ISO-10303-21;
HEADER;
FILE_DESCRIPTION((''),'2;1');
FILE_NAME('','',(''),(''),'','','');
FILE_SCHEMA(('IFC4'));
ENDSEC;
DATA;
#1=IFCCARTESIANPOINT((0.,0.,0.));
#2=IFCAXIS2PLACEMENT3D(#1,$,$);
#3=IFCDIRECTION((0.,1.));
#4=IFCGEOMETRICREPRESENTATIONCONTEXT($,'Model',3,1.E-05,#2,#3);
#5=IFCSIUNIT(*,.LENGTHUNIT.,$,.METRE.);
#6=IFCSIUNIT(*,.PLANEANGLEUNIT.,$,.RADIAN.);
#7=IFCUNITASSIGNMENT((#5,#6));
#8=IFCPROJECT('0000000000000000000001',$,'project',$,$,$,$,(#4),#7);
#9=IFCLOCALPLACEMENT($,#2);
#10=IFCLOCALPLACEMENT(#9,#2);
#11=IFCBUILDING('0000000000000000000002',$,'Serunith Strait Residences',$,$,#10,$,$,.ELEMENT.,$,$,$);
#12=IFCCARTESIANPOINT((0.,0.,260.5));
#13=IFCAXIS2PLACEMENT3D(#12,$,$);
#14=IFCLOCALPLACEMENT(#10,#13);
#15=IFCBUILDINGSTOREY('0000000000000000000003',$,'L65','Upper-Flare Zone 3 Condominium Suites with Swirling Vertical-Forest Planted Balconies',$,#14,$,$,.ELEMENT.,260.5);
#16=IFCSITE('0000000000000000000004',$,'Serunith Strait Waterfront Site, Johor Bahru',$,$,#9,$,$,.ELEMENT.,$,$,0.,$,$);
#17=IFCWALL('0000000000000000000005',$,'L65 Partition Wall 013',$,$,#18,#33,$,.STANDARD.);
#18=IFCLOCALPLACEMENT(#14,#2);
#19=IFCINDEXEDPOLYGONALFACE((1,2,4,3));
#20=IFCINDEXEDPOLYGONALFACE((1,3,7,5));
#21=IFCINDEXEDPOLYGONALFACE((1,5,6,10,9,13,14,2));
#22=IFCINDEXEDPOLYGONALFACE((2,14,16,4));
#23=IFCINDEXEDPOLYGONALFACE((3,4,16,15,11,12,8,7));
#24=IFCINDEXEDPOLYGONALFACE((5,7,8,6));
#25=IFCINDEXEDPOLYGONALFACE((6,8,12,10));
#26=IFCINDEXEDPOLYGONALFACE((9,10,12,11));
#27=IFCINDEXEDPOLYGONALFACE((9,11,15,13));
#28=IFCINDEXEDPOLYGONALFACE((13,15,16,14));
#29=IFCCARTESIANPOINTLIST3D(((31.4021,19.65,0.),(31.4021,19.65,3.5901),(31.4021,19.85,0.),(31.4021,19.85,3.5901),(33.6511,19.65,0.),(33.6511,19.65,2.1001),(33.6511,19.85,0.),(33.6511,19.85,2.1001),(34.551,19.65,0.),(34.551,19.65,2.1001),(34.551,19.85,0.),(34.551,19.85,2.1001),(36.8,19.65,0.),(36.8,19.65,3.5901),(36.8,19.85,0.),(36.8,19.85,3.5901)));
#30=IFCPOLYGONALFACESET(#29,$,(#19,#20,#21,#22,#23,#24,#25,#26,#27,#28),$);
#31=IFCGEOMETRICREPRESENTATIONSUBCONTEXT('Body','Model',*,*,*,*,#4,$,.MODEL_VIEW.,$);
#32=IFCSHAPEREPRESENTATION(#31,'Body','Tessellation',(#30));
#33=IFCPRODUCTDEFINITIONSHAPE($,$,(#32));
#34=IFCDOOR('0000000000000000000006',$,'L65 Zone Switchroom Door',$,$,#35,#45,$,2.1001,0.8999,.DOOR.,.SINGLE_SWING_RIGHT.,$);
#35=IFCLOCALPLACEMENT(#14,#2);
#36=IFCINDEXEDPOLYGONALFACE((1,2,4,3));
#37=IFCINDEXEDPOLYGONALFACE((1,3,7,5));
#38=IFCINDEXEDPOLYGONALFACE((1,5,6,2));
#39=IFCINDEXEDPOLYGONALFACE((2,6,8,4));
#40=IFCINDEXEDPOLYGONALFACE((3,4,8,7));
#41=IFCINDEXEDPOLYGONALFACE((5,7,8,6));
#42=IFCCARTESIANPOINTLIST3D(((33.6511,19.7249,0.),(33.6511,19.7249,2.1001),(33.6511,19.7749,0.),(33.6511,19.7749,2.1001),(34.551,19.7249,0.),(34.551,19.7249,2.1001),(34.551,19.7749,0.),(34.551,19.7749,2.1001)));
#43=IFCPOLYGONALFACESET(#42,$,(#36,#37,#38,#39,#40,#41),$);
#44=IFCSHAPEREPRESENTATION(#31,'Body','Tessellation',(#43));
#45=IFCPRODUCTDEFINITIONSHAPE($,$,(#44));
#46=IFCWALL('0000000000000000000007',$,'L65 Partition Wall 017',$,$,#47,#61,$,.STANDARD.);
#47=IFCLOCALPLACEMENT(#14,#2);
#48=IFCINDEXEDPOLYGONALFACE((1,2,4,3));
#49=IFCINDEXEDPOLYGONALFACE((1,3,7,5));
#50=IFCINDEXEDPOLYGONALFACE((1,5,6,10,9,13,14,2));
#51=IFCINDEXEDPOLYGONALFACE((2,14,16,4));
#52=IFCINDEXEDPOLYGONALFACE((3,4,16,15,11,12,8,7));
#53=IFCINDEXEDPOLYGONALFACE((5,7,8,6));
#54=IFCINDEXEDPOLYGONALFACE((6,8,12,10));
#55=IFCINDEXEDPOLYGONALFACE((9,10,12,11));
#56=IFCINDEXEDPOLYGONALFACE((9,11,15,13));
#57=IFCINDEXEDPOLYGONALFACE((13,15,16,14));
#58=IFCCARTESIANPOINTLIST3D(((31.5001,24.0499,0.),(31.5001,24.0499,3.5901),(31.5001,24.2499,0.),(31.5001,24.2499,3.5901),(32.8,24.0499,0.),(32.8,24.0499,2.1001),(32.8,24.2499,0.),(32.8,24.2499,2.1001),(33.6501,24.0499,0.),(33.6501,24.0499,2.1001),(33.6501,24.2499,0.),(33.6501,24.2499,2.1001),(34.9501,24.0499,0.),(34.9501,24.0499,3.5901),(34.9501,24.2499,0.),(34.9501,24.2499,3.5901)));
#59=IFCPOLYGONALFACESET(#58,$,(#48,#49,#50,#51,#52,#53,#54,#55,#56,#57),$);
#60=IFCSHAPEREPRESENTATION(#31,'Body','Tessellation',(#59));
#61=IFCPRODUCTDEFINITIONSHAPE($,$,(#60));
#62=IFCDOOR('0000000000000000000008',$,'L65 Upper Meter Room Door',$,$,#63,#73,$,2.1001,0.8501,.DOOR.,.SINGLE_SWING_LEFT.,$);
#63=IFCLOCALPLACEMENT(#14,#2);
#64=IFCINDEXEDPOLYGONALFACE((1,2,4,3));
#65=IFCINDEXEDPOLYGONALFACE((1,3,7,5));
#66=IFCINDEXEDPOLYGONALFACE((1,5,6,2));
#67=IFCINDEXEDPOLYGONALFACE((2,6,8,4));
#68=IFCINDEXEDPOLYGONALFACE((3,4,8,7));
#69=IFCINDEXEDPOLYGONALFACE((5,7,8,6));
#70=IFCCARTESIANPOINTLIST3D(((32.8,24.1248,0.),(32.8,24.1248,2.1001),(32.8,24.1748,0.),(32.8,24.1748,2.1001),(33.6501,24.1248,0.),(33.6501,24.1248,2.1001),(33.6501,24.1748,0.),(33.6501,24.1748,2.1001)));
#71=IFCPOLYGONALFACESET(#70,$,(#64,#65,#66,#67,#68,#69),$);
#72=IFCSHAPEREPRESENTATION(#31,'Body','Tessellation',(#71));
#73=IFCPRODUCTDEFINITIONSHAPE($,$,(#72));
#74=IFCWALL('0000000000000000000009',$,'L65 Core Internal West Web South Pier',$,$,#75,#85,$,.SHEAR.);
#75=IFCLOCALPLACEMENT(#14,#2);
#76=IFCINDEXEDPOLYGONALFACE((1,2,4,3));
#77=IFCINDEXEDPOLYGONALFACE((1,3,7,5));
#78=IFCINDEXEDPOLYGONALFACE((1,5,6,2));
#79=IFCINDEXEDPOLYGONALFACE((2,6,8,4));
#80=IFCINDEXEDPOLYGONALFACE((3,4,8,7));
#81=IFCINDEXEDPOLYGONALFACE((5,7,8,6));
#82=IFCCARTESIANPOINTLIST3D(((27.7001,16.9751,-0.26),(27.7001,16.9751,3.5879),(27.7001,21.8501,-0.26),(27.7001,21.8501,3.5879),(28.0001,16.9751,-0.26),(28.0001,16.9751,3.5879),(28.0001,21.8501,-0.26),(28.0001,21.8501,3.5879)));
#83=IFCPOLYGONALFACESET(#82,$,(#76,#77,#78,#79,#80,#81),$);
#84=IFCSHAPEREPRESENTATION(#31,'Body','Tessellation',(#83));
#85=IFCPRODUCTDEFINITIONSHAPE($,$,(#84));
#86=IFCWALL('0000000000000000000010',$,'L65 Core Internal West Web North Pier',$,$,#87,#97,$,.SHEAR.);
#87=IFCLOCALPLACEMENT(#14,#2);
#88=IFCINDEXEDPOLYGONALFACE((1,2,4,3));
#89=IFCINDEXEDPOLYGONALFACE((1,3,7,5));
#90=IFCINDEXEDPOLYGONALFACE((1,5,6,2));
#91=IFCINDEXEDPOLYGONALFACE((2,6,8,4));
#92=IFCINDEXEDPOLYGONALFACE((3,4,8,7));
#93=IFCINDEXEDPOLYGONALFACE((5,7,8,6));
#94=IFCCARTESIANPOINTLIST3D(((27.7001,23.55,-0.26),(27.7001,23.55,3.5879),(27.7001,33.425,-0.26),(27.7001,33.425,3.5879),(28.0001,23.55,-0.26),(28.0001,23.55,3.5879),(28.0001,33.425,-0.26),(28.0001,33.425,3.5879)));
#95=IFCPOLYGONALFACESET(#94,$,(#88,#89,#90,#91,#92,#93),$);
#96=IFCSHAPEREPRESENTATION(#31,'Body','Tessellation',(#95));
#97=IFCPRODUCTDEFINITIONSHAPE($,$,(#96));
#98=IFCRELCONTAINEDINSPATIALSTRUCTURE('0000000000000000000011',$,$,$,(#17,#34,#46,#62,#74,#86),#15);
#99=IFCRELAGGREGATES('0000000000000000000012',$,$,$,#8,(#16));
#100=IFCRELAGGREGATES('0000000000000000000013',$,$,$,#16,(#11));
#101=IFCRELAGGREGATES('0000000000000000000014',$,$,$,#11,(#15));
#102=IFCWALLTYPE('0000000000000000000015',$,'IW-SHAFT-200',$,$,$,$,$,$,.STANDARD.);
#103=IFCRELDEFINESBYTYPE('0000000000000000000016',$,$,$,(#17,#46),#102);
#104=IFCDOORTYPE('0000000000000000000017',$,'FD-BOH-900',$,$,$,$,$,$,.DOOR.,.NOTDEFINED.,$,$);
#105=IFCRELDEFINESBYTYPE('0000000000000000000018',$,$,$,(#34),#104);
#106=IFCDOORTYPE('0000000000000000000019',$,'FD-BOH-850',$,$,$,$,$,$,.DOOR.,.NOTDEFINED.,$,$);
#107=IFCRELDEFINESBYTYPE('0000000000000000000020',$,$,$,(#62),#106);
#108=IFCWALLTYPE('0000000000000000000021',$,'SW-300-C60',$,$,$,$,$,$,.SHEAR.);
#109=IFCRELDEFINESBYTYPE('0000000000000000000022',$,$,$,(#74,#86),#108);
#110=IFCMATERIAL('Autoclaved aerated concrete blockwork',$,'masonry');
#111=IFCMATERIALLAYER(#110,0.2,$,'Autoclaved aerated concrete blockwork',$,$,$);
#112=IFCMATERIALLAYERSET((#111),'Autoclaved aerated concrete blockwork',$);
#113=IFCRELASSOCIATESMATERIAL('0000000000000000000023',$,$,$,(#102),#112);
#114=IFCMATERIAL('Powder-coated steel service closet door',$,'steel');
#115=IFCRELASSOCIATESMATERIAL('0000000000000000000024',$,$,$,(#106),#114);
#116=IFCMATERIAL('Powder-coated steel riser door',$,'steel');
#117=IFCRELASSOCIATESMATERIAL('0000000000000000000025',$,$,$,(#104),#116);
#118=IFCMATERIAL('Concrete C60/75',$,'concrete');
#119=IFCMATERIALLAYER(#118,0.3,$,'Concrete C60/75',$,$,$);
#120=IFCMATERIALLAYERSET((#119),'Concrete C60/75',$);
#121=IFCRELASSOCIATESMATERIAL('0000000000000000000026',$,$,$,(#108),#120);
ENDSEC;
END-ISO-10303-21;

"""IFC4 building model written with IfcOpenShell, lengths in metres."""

from ifc_helpers import new_model, si_unit, direction, frame, frame_2d, origin, place, context, subcontext, project, spatial, rectangle, extrude, source, transform, mapped, material, layer, layer_set, type_object, element, fill, save


model = new_model("IFC4")

# Units and contexts
model_context = context("Model", 3, precision=1e-05, world=origin(), true_north=direction((0.0, 1.0)))
body_context = subcontext(model_context, "Body", "Model", "MODEL_VIEW")
ifc_project = project(units=[si_unit("LENGTHUNIT", "METRE"), si_unit("PLANEANGLEUNIT", "RADIAN")], contexts=[model_context])

# Site, building, storey
site_placement = place(None, origin())
site = spatial("IfcSite", under=ifc_project, at=site_placement, Name="Serunith Strait Waterfront Site, Johor Bahru", CompositionType="ELEMENT", RefElevation=0.0)
building_placement = place(site_placement, origin())
building = spatial("IfcBuilding", under=site, at=building_placement, Name="Serunith Strait Residences", CompositionType="ELEMENT")
storey_placement = place(building_placement, frame((0.0, 0.0, 260.5)))
storey = spatial("IfcBuildingStorey", under=building, at=storey_placement, Name="L65", Description="Upper-Flare Zone 3 Condominium Suites with Swirling Vertical-Forest Planted Balconies", CompositionType="ELEMENT", Elevation=260.5)

# Shared definitions
shared_shape_1 = source(origin(), body_context, "Body", "SweptSolid", [
    extrude(rectangle(XDim=0.8501, YDim=2.1001, at=frame_2d((0.425, 1.05))), frame((0.0, 0.0249, 0.0), z_axis=(0.0, -1.0, 0.0), x_axis=(1.0, 0.0, 0.0)), (0.0, 0.0, 1.0), 0.05),
])

# Shared definitions
ifc_material_1 = material(Name="Autoclaved aerated concrete blockwork", Category="masonry")
ifc_layer_1 = layer(ifc_material_1, 0.2, Name="Autoclaved aerated concrete blockwork")
ifc_layer_set_1 = layer_set([ifc_layer_1], Name="Autoclaved aerated concrete blockwork")
wall_type_1 = type_object("IfcWallType", Name="IW-SHAFT-200", PredefinedType="STANDARD", material=ifc_layer_set_1)

# Walls, openings, doors
ifc_material_2 = material(Name="Powder-coated steel service closet door", Category="steel")
door_type_1 = type_object("IfcDoorType", Name="FD-BOH-850", OperationType="NOTDEFINED", PredefinedType="DOOR", material=ifc_material_2)
wall_1_placement = place(storey_placement, frame((31.4021, 19.75, 0.0), z_axis=(0.0, 0.0, 1.0), x_axis=(1.0, 0.0, 0.0)))
wall_1 = element("IfcWall", 1, at=wall_1_placement, inside=storey, type_object=wall_type_1, Name="L65 Partition Wall 013", PredefinedType="STANDARD", context=body_context, shape_type="SweptSolid", body=[
    extrude(rectangle(XDim=5.3979, YDim=0.2, at=frame_2d((2.699, 0.0))), origin(), (0.0, 0.0, 1.0), 3.5901),
])
opening_1_placement = place(wall_1_placement, frame((2.249, 0.0, 0.0)))
opening_1 = element("IfcOpeningElement", 2, at=opening_1_placement, cuts=wall_1, PredefinedType="OPENING", context=body_context, shape_type="SweptSolid", body=[
    extrude(rectangle(XDim=0.8999, YDim=2.1001, at=frame_2d((0.45, 1.05))), frame((0.0, 0.1099, 0.0), z_axis=(0.0, -1.0, 0.0), x_axis=(1.0, 0.0, 0.0)), (0.0, 0.0, 1.0), 0.22),
])
ifc_material_3 = material(Name="Powder-coated steel riser door", Category="steel")
door_type_2 = type_object("IfcDoorType", Name="FD-BOH-900", OperationType="NOTDEFINED", PredefinedType="DOOR", material=ifc_material_3)
shared_shape_2 = source(origin(), body_context, "Body", "SweptSolid", [
    extrude(rectangle(XDim=0.8999, YDim=2.1001, at=frame_2d((0.45, 1.05))), frame((0.0, 0.0249, 0.0), z_axis=(0.0, -1.0, 0.0), x_axis=(1.0, 0.0, 0.0)), (0.0, 0.0, 1.0), 0.05),
])
door_1_placement = place(opening_1_placement, origin())
door_1 = element("IfcDoor", 3, at=door_1_placement, inside=storey, type_object=door_type_2, Name="L65 Zone Switchroom Door", OperationType="SINGLE_SWING_RIGHT", OverallHeight=2.1001, OverallWidth=0.8999, PredefinedType="DOOR", context=body_context, shape_type="MappedRepresentation", body=[
    mapped(shared_shape_2, transform((0.0, 0.0, 0.0), scale=1.0)),
])
fill(opening_1, door_1)
wall_2_placement = place(storey_placement, frame((31.5, 24.1499, 0.0), z_axis=(0.0, 0.0, 1.0), x_axis=(1.0, 0.0, 0.0)))
wall_2 = element("IfcWall", 4, at=wall_2_placement, inside=storey, type_object=wall_type_1, Name="L65 Partition Wall 017", PredefinedType="STANDARD", context=body_context, shape_type="SweptSolid", body=[
    extrude(rectangle(XDim=3.45, YDim=0.2, at=frame_2d((1.7251, 0.0))), origin(), (0.0, 0.0, 1.0), 3.5901),
])
opening_2_placement = place(wall_2_placement, frame((1.3, 0.0, 0.0)))
opening_2 = element("IfcOpeningElement", 5, at=opening_2_placement, cuts=wall_2, PredefinedType="OPENING", context=body_context, shape_type="SweptSolid", body=[
    extrude(rectangle(XDim=0.8501, YDim=2.1001, at=frame_2d((0.425, 1.05))), frame((0.0, 0.1099, 0.0), z_axis=(0.0, -1.0, 0.0), x_axis=(1.0, 0.0, 0.0)), (0.0, 0.0, 1.0), 0.22),
])
door_2_placement = place(opening_2_placement, origin())
door_2 = element("IfcDoor", 6, at=door_2_placement, inside=storey, type_object=door_type_1, Name="L65 Upper Meter Room Door", OperationType="SINGLE_SWING_LEFT", OverallHeight=2.1001, OverallWidth=0.8501, PredefinedType="DOOR", context=body_context, shape_type="MappedRepresentation", body=[
    mapped(shared_shape_1, transform((0.0, 0.0, 0.0), scale=1.0)),
])
fill(opening_2, door_2)

# Walls
ifc_material_4 = material(Name="Concrete C60/75", Category="concrete")
ifc_layer_2 = layer(ifc_material_4, 0.3, Name="Concrete C60/75")
ifc_layer_set_2 = layer_set([ifc_layer_2], Name="Concrete C60/75")
wall_type_2 = type_object("IfcWallType", Name="SW-300-C60", PredefinedType="SHEAR", material=ifc_layer_set_2)
wall_3_placement = place(storey_placement, frame((27.8501, 16.9751, -0.26), z_axis=(0.0, 0.0, 1.0), x_axis=(0.0, 1.0, 0.0)))
element("IfcWall", 7, at=wall_3_placement, inside=storey, type_object=wall_type_2, Name="L65 Core Internal West Web South Pier", PredefinedType="SHEAR", context=body_context, shape_type="SweptSolid", body=[
    extrude(rectangle(XDim=4.875, YDim=0.3, at=frame_2d((2.4375, 0.0))), origin(), (0.0, 0.0, 1.0), 3.8479),
])
wall_4_placement = place(storey_placement, frame((27.8501, 23.55, -0.26), z_axis=(0.0, 0.0, 1.0), x_axis=(0.0, 1.0, 0.0)))
element("IfcWall", 8, at=wall_4_placement, inside=storey, type_object=wall_type_2, Name="L65 Core Internal West Web North Pier", PredefinedType="SHEAR", context=body_context, shape_type="SweptSolid", body=[
    extrude(rectangle(XDim=9.875, YDim=0.3, at=frame_2d((4.9375, 0.0))), origin(), (0.0, 0.0, 1.0), 3.8479),
])

save(model, "model.ifc")
